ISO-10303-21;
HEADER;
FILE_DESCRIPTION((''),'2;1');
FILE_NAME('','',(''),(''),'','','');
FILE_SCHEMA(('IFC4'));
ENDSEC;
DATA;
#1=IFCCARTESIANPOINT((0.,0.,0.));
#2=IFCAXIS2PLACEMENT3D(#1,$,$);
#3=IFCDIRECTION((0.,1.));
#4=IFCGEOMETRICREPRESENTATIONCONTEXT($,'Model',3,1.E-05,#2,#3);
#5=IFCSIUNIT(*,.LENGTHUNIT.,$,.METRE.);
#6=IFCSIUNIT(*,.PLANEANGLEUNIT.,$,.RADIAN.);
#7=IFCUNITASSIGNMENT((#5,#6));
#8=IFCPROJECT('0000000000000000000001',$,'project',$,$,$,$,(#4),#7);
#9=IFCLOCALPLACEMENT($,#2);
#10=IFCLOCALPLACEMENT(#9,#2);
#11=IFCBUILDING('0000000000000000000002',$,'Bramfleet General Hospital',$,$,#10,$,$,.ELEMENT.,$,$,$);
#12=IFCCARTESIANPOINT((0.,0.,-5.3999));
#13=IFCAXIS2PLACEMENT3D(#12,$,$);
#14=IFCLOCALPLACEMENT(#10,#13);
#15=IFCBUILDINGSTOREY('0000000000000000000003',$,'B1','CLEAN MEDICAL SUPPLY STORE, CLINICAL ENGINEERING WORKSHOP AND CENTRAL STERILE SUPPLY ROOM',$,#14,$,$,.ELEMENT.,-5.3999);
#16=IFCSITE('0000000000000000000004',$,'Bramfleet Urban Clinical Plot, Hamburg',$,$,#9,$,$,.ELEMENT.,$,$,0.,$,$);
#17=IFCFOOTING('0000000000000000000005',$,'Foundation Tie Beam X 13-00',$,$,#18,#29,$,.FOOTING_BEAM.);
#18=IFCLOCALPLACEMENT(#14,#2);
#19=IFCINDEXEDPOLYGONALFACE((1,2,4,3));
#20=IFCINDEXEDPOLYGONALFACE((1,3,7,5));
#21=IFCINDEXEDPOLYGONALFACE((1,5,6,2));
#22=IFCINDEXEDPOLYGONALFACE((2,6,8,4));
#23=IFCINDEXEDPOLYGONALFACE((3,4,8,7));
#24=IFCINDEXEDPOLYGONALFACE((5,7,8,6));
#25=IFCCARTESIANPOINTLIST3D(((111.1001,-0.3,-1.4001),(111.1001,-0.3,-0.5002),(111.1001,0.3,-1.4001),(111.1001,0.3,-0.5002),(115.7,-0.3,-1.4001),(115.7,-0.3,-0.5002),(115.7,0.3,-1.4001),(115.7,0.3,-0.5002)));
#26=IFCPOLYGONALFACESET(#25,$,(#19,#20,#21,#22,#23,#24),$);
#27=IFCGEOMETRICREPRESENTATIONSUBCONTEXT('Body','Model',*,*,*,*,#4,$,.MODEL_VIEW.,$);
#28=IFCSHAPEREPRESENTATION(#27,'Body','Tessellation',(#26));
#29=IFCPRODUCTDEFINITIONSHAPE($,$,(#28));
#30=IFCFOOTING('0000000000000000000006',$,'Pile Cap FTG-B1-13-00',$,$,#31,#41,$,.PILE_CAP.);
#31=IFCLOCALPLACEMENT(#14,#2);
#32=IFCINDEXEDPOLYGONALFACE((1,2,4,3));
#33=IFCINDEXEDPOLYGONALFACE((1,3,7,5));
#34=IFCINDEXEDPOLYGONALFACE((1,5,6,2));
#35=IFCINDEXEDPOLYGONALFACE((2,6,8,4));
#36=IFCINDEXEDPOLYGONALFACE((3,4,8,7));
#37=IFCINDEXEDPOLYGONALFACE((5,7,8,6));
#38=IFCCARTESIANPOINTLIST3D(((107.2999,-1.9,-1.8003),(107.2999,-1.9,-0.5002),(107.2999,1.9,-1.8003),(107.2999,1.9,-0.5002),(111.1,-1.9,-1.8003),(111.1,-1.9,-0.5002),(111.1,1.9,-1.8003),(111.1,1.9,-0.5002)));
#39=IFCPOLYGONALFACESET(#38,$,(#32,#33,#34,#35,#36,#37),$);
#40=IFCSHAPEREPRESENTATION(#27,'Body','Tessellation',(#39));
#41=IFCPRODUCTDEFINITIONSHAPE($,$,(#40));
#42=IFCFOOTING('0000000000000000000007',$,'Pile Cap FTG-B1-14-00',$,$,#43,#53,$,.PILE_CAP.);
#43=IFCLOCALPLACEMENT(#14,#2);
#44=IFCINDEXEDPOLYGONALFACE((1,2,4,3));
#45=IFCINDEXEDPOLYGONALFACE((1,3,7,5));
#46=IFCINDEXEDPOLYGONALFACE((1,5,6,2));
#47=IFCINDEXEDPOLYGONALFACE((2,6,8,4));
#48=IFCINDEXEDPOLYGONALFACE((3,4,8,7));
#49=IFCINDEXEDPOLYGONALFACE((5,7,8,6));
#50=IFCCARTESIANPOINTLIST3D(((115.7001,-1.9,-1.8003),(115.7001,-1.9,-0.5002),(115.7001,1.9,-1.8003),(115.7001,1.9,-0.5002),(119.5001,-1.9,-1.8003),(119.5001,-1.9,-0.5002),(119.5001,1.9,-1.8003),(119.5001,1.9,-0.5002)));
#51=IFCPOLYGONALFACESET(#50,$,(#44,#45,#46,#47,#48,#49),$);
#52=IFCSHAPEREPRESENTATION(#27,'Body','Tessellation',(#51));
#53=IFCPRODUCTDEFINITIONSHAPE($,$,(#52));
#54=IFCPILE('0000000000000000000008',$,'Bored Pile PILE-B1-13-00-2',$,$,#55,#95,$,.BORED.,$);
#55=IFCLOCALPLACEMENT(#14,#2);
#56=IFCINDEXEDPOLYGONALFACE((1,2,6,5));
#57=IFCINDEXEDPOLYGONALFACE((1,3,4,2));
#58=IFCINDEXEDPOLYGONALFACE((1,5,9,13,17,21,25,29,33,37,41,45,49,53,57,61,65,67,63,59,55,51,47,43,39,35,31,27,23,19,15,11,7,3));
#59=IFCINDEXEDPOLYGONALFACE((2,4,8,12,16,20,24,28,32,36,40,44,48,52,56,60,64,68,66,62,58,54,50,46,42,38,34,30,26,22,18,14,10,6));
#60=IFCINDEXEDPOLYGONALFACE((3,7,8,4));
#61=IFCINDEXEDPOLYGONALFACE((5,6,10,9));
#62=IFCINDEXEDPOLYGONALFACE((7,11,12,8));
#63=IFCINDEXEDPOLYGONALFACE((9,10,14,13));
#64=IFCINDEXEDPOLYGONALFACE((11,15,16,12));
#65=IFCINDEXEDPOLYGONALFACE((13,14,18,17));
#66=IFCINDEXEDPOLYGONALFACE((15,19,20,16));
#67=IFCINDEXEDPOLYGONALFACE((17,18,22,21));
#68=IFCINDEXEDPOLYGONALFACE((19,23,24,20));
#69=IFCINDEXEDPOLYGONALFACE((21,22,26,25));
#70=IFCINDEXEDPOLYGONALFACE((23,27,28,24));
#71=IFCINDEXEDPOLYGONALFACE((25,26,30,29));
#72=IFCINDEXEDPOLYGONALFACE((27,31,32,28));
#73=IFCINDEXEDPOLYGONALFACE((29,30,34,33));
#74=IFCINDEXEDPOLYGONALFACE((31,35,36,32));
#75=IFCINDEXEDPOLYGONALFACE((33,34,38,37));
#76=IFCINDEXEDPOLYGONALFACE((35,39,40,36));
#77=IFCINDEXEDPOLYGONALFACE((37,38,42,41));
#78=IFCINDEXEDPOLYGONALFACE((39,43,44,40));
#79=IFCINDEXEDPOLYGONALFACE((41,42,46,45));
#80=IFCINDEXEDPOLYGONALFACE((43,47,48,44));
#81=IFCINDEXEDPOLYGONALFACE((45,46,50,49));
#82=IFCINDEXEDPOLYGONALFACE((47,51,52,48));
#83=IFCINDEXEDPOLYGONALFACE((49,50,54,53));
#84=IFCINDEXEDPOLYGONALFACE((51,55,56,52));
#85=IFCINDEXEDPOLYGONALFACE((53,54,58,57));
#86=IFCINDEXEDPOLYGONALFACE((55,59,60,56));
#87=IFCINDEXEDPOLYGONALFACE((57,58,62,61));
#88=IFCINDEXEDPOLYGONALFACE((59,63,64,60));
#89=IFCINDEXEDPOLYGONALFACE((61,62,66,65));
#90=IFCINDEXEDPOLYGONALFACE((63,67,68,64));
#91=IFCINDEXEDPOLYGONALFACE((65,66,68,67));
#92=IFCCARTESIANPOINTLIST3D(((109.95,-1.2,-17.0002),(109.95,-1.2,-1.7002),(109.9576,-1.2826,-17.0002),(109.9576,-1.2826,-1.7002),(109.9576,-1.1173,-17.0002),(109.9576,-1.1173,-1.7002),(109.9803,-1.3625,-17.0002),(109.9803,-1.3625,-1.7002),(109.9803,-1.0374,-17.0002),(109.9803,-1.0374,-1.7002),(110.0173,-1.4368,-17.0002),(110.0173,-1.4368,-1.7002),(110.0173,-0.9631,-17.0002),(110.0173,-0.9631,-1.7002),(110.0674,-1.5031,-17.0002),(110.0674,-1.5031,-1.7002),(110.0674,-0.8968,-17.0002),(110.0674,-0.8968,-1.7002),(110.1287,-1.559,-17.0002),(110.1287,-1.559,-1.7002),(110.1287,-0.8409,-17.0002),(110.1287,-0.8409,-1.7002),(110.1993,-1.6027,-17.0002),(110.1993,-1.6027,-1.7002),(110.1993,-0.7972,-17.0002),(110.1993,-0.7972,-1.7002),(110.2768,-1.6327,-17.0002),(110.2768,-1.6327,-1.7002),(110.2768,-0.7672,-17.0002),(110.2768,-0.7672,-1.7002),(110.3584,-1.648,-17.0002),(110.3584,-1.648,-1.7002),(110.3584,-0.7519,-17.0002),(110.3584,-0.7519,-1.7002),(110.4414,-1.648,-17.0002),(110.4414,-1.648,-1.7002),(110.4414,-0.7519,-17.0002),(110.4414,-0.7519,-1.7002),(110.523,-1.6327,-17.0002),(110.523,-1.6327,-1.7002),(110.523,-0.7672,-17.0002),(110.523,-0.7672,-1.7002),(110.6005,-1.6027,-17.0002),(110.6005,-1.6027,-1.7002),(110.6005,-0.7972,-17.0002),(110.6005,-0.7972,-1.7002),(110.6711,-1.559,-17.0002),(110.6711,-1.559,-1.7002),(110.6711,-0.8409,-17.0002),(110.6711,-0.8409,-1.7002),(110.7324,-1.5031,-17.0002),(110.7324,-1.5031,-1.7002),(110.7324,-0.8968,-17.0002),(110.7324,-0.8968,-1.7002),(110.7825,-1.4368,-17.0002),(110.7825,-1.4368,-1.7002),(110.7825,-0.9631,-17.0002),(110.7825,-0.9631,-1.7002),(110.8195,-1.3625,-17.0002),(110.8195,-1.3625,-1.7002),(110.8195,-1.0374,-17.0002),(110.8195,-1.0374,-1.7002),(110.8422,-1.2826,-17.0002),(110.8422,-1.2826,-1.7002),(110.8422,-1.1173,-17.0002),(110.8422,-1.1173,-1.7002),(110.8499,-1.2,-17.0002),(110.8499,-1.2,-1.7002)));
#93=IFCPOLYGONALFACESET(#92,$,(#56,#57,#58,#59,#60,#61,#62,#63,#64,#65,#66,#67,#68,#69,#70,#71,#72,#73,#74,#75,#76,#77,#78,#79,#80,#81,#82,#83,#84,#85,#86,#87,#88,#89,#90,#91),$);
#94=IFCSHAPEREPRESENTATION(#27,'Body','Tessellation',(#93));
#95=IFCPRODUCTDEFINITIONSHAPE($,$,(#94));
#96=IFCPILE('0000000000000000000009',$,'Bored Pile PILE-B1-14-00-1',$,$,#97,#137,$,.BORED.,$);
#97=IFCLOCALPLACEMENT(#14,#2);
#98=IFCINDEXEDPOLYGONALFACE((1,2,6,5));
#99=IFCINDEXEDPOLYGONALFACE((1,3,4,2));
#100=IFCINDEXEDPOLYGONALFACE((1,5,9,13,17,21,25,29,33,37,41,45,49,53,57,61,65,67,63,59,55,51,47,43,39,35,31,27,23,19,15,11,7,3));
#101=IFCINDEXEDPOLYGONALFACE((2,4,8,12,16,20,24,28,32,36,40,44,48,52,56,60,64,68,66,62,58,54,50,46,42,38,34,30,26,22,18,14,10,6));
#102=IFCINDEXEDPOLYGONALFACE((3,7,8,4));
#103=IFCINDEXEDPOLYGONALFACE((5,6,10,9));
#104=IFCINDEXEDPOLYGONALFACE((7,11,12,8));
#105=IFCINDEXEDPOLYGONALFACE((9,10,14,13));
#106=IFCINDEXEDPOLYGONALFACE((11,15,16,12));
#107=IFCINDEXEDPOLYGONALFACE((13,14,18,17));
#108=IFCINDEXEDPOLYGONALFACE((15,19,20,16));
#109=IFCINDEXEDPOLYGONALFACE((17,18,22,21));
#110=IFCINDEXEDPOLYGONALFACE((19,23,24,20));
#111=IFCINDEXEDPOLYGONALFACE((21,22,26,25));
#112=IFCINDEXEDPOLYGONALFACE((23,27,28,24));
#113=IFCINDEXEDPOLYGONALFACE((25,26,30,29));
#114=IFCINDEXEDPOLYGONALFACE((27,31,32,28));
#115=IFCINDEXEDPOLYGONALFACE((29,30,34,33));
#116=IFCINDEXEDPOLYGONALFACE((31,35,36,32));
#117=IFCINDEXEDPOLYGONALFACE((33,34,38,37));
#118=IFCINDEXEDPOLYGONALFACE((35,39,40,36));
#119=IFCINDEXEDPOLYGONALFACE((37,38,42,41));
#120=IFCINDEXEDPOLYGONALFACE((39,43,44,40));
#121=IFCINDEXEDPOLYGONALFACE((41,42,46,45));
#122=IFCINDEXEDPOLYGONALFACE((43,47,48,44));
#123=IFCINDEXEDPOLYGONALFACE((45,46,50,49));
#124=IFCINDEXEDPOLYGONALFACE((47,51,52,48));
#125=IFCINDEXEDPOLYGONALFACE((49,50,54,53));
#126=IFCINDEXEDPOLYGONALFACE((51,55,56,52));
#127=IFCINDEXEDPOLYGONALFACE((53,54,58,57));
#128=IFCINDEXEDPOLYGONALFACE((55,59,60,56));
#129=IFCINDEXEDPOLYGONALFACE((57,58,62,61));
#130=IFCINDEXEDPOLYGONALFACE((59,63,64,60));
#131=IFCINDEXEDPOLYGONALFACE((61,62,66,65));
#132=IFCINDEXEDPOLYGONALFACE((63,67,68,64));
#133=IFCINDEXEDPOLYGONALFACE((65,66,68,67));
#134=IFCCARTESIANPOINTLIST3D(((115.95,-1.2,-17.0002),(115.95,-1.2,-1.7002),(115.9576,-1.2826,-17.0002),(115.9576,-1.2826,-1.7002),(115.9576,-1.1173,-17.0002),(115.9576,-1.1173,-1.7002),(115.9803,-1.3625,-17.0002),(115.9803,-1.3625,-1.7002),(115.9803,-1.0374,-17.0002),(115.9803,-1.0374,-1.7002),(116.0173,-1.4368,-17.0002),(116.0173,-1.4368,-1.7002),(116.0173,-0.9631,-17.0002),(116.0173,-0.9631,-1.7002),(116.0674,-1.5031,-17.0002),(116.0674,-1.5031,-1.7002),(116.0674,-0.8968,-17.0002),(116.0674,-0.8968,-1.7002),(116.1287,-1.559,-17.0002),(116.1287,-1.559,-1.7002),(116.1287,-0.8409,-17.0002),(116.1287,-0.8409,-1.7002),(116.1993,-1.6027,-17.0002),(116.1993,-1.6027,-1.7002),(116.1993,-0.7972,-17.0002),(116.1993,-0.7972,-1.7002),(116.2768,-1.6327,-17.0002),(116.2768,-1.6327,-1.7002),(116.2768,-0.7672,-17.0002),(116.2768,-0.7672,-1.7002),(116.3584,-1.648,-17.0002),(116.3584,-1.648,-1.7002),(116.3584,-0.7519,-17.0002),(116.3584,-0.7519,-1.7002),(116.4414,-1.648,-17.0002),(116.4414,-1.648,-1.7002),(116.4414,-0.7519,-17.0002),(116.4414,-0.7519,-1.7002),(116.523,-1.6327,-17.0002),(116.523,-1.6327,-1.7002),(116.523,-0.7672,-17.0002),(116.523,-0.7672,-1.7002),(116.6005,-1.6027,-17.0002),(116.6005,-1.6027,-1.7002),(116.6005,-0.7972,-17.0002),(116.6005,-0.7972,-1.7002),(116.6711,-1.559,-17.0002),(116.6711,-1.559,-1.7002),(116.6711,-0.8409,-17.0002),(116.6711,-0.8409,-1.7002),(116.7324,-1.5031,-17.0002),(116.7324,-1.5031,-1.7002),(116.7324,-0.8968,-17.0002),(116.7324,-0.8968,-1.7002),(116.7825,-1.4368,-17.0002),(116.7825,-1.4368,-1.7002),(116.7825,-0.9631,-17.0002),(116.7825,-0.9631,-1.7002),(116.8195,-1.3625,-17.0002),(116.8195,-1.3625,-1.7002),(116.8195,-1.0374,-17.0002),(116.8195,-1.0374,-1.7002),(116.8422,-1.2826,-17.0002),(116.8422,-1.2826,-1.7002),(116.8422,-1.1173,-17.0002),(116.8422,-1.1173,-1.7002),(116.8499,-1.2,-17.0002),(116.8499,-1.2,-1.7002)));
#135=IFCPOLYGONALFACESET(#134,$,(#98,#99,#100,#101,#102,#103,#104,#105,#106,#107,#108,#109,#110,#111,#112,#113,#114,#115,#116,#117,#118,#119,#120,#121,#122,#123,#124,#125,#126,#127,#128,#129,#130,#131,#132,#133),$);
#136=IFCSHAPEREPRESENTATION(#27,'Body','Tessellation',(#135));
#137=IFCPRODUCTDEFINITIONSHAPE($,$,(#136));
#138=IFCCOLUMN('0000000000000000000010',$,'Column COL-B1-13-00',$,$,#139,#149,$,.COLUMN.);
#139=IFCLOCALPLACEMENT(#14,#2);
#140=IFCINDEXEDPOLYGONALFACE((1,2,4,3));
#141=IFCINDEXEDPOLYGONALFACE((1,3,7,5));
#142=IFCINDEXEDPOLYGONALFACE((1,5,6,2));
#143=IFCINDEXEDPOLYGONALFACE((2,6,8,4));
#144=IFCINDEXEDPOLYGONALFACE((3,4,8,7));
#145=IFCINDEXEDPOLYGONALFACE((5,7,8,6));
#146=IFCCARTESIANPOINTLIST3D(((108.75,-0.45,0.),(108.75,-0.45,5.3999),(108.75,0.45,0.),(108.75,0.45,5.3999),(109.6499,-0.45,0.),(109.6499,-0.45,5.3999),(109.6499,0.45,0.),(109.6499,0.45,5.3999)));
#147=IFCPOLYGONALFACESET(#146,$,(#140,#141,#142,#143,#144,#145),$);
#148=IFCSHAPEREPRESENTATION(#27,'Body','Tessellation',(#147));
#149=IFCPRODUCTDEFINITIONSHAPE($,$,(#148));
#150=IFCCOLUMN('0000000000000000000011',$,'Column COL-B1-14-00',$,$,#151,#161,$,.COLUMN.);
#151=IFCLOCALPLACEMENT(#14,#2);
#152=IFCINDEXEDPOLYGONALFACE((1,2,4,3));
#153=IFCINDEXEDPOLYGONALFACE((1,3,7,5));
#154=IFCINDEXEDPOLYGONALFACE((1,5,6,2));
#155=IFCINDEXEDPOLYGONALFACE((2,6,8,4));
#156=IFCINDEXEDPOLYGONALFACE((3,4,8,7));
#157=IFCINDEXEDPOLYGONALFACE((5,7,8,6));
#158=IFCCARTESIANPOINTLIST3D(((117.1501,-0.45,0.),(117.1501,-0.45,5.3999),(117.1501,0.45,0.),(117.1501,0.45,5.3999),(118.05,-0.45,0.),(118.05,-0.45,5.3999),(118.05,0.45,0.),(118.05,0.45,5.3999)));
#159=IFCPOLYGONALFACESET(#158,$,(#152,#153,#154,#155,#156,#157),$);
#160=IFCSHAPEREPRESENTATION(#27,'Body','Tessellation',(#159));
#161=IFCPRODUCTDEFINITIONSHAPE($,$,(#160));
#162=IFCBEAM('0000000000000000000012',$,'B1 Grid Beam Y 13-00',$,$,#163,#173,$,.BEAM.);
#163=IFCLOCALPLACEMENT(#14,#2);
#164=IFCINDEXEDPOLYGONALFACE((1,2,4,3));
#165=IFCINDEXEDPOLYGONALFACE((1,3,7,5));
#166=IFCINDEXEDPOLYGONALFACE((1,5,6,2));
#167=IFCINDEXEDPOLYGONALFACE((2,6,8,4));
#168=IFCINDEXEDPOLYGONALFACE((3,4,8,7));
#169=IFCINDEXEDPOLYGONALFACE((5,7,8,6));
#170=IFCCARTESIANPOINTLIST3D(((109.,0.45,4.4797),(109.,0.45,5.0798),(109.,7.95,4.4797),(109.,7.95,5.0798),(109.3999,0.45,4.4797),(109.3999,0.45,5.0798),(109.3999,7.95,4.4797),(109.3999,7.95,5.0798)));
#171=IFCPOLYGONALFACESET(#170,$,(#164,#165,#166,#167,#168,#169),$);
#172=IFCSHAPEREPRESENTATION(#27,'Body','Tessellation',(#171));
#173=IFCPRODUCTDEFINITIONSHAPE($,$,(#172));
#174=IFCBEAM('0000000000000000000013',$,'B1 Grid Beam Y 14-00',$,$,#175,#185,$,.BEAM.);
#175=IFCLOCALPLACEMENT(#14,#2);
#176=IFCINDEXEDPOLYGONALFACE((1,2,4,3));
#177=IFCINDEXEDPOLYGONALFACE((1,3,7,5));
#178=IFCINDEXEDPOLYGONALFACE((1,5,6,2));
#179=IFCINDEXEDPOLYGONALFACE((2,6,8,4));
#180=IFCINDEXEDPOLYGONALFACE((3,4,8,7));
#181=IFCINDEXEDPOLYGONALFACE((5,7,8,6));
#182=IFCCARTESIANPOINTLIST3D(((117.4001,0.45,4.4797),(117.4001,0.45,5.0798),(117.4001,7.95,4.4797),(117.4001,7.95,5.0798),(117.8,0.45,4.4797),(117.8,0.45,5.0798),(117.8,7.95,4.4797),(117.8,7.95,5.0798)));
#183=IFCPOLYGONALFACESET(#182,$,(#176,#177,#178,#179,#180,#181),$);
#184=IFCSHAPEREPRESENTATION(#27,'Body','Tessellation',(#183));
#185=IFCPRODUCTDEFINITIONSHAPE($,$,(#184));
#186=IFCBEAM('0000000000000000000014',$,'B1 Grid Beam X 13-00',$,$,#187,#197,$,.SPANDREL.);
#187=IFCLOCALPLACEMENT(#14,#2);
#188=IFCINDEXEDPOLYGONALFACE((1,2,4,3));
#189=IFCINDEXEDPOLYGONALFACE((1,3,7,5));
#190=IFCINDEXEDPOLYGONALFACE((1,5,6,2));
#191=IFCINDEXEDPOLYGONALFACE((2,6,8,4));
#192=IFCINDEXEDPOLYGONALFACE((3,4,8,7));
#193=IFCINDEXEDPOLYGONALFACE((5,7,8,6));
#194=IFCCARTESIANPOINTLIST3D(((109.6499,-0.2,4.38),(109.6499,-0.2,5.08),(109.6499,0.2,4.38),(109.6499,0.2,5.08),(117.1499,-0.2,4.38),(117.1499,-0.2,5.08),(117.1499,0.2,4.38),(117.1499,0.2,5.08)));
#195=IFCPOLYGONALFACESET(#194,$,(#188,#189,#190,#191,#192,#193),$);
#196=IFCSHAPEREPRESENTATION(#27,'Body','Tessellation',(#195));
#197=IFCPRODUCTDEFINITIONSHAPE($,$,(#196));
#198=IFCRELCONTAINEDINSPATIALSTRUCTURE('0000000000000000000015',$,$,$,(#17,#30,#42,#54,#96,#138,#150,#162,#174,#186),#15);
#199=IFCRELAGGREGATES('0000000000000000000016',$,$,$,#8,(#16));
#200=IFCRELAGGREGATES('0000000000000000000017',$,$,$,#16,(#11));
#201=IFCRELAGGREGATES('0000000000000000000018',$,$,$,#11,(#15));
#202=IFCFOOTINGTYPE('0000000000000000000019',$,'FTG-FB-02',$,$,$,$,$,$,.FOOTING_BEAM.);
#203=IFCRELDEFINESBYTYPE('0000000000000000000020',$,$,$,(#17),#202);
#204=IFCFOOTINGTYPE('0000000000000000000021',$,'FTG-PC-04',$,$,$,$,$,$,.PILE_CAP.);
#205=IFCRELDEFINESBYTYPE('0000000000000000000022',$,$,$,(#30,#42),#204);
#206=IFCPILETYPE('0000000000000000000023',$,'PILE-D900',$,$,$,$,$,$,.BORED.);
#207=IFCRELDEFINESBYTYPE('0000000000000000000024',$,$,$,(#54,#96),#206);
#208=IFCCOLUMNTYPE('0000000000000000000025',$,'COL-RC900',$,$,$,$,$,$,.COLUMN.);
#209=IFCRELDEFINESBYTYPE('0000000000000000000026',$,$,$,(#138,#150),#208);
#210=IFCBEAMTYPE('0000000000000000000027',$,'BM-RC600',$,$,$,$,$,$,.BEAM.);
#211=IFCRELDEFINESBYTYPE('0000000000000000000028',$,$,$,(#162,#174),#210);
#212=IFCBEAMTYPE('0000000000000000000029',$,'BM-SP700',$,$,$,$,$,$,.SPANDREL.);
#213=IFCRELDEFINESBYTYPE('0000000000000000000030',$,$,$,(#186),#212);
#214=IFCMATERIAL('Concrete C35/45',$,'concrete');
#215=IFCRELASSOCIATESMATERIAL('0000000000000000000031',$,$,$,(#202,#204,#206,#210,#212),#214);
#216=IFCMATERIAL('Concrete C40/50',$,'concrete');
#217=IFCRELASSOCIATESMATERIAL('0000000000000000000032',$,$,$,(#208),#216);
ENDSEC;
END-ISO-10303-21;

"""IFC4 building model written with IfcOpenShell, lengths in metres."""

from ifc_helpers import new_model, si_unit, direction, frame, origin, origin_2d, place, context, subcontext, project, spatial, rectangle, circle, extrude, material, material_profile, profile_set, type_object, element, save


model = new_model("IFC4")

# Units and contexts
model_context = context("Model", 3, precision=1e-05, world=origin(), true_north=direction((0.0, 1.0)))
body_context = subcontext(model_context, "Body", "Model", "MODEL_VIEW")
ifc_project = project(units=[si_unit("LENGTHUNIT", "METRE"), si_unit("PLANEANGLEUNIT", "RADIAN")], contexts=[model_context])

# Site, building, storey
site_placement = place(None, origin())
site = spatial("IfcSite", under=ifc_project, at=site_placement, Name="Bramfleet Urban Clinical Plot, Hamburg", CompositionType="ELEMENT", RefElevation=0.0)
building_placement = place(site_placement, origin())
building = spatial("IfcBuilding", under=site, at=building_placement, Name="Bramfleet General Hospital", CompositionType="ELEMENT")
storey_placement = place(building_placement, frame((0.0, 0.0, -5.3999)))
storey = spatial("IfcBuildingStorey", under=building, at=storey_placement, Name="B1", Description="CLEAN MEDICAL SUPPLY STORE, CLINICAL ENGINEERING WORKSHOP AND CENTRAL STERILE SUPPLY ROOM", CompositionType="ELEMENT", Elevation=-5.3999)

# Footings
ifc_material_1 = material(Name="Concrete C35/45", Category="concrete")
ifc_material_profile_1 = material_profile(ifc_material_1, rectangle(XDim=0.6001, YDim=0.8999, at=origin_2d()), Name="RC FB 900x600")
ifc_profile_set_1 = profile_set([ifc_material_profile_1], Name="Concrete C35/45")
footing_type_1 = type_object("IfcFootingType", Name="FTG-FB-02", PredefinedType="FOOTING_BEAM", material=ifc_profile_set_1)
footing_placement = place(storey_placement, frame((111.1001, 0.0, -0.9502), z_axis=(1.0, 0.0, 0.0), x_axis=(0.0, 1.0, 0.0)))
element("IfcFooting", 1, at=footing_placement, inside=storey, type_object=footing_type_1, Name="Foundation Tie Beam X 13-00", PredefinedType="FOOTING_BEAM", context=body_context, shape_type="SweptSolid", body=[
    extrude(rectangle(XDim=0.6001, YDim=0.8999, at=origin_2d()), origin(), (0.0, 0.0, 1.0), 4.5999),
])
footing_type_2 = type_object("IfcFootingType", Name="FTG-PC-04", PredefinedType="PILE_CAP", material=ifc_material_1)
for number, where, z_axis, x_axis, name in (
    (2, (109.2, 0.0, -1.8003), (0.0, 0.0, 1.0), (1.0, 0.0, 0.0), "Pile Cap FTG-B1-13-00"),
    (3, (117.6001, 0.0, -1.8003), (0.0, 0.0, 1.0), (1.0, 0.0, 0.0), "Pile Cap FTG-B1-14-00"),
):
    element("IfcFooting", number, at=place(storey_placement, frame(where, z_axis=z_axis, x_axis=x_axis)), inside=storey, type_object=footing_type_2, Name=name, PredefinedType="PILE_CAP", context=body_context, shape_type="SweptSolid", body=[
        extrude(rectangle(XDim=3.8, YDim=3.8, at=origin_2d()), origin(), (0.0, 0.0, 1.0), 1.3),
    ])

# Piles
ifc_material_profile_2 = material_profile(ifc_material_1, circle(Radius=0.45, at=origin_2d()), Name="PILE BORED D900")
ifc_profile_set_2 = profile_set([ifc_material_profile_2], Name="Concrete C35/45")
pile_type = type_object("IfcPileType", Name="PILE-D900", PredefinedType="BORED", material=ifc_profile_set_2)
for number, where, z_axis, x_axis, name in (
    (4, (110.3999, -1.2, -1.7002), (0.0, 0.0, -1.0), (1.0, 0.0, 0.0), "Bored Pile PILE-B1-13-00-2"),
    (5, (116.3999, -1.2, -1.7002), (0.0, 0.0, -1.0), (1.0, 0.0, 0.0), "Bored Pile PILE-B1-14-00-1"),
):
    element("IfcPile", number, at=place(storey_placement, frame(where, z_axis=z_axis, x_axis=x_axis)), inside=storey, type_object=pile_type, Name=name, PredefinedType="BORED", context=body_context, shape_type="SweptSolid", body=[
        extrude(circle(Radius=0.45, at=origin_2d()), origin(), (0.0, 0.0, 1.0), 15.3),
    ])

# Columns
ifc_material_2 = material(Name="Concrete C40/50", Category="concrete")
ifc_material_profile_3 = material_profile(ifc_material_2, rectangle(XDim=0.8999, YDim=0.8999, at=origin_2d()), Name="RC COL 900x900")
ifc_profile_set_3 = profile_set([ifc_material_profile_3], Name="Concrete C40/50")
column_type = type_object("IfcColumnType", Name="COL-RC900", PredefinedType="COLUMN", material=ifc_profile_set_3)
for number, where, z_axis, x_axis, name in (
    (6, (109.2, 0.0, 0.0), (0.0, 0.0, 1.0), (1.0, 0.0, 0.0), "Column COL-B1-13-00"),
    (7, (117.6001, 0.0, 0.0), (0.0, 0.0, 1.0), (1.0, 0.0, 0.0), "Column COL-B1-14-00"),
):
    element("IfcColumn", number, at=place(storey_placement, frame(where, z_axis=z_axis, x_axis=x_axis)), inside=storey, type_object=column_type, Name=name, PredefinedType="COLUMN", context=body_context, shape_type="SweptSolid", body=[
        extrude(rectangle(XDim=0.8999, YDim=0.8999, at=origin_2d()), origin(), (0.0, 0.0, 1.0), 5.3999),
    ])

# Beams
ifc_material_profile_4 = material_profile(ifc_material_1, rectangle(XDim=0.3999, YDim=0.6001, at=origin_2d()), Name="RC BM 600x400")
ifc_profile_set_4 = profile_set([ifc_material_profile_4], Name="Concrete C35/45")
beam_type_1 = type_object("IfcBeamType", Name="BM-RC600", PredefinedType="BEAM", material=ifc_profile_set_4)
for number, where, z_axis, x_axis, name in (
    (8, (109.2, 0.45, 4.7798), (0.0, 1.0, 0.0), (-1.0, 0.0, 0.0), "B1 Grid Beam Y 13-00"),
    (9, (117.6001, 0.45, 4.7798), (0.0, 1.0, 0.0), (-1.0, 0.0, 0.0), "B1 Grid Beam Y 14-00"),
):
    element("IfcBeam", number, at=place(storey_placement, frame(where, z_axis=z_axis, x_axis=x_axis)), inside=storey, type_object=beam_type_1, Name=name, PredefinedType="BEAM", context=body_context, shape_type="SweptSolid", body=[
        extrude(rectangle(XDim=0.3999, YDim=0.6001, at=origin_2d()), origin(), (0.0, 0.0, 1.0), 7.5),
    ])
ifc_material_profile_5 = material_profile(ifc_material_1, rectangle(XDim=0.3999, YDim=0.7, at=origin_2d()), Name="RC SP 700x400")
ifc_profile_set_5 = profile_set([ifc_material_profile_5], Name="Concrete C35/45")
beam_type_2 = type_object("IfcBeamType", Name="BM-SP700", PredefinedType="SPANDREL", material=ifc_profile_set_5)
for number, where, z_axis, x_axis, name in (
    (10, (109.6499, 0.0, 4.73), (1.0, 0.0, 0.0), (0.0, 1.0, 0.0), "B1 Grid Beam X 13-00"),
):
    element("IfcBeam", number, at=place(storey_placement, frame(where, z_axis=z_axis, x_axis=x_axis)), inside=storey, type_object=beam_type_2, Name=name, PredefinedType="SPANDREL", context=body_context, shape_type="SweptSolid", body=[
        extrude(rectangle(XDim=0.3999, YDim=0.7, at=origin_2d()), origin(), (0.0, 0.0, 1.0), 7.5),
    ])

save(model, "model.ifc")
